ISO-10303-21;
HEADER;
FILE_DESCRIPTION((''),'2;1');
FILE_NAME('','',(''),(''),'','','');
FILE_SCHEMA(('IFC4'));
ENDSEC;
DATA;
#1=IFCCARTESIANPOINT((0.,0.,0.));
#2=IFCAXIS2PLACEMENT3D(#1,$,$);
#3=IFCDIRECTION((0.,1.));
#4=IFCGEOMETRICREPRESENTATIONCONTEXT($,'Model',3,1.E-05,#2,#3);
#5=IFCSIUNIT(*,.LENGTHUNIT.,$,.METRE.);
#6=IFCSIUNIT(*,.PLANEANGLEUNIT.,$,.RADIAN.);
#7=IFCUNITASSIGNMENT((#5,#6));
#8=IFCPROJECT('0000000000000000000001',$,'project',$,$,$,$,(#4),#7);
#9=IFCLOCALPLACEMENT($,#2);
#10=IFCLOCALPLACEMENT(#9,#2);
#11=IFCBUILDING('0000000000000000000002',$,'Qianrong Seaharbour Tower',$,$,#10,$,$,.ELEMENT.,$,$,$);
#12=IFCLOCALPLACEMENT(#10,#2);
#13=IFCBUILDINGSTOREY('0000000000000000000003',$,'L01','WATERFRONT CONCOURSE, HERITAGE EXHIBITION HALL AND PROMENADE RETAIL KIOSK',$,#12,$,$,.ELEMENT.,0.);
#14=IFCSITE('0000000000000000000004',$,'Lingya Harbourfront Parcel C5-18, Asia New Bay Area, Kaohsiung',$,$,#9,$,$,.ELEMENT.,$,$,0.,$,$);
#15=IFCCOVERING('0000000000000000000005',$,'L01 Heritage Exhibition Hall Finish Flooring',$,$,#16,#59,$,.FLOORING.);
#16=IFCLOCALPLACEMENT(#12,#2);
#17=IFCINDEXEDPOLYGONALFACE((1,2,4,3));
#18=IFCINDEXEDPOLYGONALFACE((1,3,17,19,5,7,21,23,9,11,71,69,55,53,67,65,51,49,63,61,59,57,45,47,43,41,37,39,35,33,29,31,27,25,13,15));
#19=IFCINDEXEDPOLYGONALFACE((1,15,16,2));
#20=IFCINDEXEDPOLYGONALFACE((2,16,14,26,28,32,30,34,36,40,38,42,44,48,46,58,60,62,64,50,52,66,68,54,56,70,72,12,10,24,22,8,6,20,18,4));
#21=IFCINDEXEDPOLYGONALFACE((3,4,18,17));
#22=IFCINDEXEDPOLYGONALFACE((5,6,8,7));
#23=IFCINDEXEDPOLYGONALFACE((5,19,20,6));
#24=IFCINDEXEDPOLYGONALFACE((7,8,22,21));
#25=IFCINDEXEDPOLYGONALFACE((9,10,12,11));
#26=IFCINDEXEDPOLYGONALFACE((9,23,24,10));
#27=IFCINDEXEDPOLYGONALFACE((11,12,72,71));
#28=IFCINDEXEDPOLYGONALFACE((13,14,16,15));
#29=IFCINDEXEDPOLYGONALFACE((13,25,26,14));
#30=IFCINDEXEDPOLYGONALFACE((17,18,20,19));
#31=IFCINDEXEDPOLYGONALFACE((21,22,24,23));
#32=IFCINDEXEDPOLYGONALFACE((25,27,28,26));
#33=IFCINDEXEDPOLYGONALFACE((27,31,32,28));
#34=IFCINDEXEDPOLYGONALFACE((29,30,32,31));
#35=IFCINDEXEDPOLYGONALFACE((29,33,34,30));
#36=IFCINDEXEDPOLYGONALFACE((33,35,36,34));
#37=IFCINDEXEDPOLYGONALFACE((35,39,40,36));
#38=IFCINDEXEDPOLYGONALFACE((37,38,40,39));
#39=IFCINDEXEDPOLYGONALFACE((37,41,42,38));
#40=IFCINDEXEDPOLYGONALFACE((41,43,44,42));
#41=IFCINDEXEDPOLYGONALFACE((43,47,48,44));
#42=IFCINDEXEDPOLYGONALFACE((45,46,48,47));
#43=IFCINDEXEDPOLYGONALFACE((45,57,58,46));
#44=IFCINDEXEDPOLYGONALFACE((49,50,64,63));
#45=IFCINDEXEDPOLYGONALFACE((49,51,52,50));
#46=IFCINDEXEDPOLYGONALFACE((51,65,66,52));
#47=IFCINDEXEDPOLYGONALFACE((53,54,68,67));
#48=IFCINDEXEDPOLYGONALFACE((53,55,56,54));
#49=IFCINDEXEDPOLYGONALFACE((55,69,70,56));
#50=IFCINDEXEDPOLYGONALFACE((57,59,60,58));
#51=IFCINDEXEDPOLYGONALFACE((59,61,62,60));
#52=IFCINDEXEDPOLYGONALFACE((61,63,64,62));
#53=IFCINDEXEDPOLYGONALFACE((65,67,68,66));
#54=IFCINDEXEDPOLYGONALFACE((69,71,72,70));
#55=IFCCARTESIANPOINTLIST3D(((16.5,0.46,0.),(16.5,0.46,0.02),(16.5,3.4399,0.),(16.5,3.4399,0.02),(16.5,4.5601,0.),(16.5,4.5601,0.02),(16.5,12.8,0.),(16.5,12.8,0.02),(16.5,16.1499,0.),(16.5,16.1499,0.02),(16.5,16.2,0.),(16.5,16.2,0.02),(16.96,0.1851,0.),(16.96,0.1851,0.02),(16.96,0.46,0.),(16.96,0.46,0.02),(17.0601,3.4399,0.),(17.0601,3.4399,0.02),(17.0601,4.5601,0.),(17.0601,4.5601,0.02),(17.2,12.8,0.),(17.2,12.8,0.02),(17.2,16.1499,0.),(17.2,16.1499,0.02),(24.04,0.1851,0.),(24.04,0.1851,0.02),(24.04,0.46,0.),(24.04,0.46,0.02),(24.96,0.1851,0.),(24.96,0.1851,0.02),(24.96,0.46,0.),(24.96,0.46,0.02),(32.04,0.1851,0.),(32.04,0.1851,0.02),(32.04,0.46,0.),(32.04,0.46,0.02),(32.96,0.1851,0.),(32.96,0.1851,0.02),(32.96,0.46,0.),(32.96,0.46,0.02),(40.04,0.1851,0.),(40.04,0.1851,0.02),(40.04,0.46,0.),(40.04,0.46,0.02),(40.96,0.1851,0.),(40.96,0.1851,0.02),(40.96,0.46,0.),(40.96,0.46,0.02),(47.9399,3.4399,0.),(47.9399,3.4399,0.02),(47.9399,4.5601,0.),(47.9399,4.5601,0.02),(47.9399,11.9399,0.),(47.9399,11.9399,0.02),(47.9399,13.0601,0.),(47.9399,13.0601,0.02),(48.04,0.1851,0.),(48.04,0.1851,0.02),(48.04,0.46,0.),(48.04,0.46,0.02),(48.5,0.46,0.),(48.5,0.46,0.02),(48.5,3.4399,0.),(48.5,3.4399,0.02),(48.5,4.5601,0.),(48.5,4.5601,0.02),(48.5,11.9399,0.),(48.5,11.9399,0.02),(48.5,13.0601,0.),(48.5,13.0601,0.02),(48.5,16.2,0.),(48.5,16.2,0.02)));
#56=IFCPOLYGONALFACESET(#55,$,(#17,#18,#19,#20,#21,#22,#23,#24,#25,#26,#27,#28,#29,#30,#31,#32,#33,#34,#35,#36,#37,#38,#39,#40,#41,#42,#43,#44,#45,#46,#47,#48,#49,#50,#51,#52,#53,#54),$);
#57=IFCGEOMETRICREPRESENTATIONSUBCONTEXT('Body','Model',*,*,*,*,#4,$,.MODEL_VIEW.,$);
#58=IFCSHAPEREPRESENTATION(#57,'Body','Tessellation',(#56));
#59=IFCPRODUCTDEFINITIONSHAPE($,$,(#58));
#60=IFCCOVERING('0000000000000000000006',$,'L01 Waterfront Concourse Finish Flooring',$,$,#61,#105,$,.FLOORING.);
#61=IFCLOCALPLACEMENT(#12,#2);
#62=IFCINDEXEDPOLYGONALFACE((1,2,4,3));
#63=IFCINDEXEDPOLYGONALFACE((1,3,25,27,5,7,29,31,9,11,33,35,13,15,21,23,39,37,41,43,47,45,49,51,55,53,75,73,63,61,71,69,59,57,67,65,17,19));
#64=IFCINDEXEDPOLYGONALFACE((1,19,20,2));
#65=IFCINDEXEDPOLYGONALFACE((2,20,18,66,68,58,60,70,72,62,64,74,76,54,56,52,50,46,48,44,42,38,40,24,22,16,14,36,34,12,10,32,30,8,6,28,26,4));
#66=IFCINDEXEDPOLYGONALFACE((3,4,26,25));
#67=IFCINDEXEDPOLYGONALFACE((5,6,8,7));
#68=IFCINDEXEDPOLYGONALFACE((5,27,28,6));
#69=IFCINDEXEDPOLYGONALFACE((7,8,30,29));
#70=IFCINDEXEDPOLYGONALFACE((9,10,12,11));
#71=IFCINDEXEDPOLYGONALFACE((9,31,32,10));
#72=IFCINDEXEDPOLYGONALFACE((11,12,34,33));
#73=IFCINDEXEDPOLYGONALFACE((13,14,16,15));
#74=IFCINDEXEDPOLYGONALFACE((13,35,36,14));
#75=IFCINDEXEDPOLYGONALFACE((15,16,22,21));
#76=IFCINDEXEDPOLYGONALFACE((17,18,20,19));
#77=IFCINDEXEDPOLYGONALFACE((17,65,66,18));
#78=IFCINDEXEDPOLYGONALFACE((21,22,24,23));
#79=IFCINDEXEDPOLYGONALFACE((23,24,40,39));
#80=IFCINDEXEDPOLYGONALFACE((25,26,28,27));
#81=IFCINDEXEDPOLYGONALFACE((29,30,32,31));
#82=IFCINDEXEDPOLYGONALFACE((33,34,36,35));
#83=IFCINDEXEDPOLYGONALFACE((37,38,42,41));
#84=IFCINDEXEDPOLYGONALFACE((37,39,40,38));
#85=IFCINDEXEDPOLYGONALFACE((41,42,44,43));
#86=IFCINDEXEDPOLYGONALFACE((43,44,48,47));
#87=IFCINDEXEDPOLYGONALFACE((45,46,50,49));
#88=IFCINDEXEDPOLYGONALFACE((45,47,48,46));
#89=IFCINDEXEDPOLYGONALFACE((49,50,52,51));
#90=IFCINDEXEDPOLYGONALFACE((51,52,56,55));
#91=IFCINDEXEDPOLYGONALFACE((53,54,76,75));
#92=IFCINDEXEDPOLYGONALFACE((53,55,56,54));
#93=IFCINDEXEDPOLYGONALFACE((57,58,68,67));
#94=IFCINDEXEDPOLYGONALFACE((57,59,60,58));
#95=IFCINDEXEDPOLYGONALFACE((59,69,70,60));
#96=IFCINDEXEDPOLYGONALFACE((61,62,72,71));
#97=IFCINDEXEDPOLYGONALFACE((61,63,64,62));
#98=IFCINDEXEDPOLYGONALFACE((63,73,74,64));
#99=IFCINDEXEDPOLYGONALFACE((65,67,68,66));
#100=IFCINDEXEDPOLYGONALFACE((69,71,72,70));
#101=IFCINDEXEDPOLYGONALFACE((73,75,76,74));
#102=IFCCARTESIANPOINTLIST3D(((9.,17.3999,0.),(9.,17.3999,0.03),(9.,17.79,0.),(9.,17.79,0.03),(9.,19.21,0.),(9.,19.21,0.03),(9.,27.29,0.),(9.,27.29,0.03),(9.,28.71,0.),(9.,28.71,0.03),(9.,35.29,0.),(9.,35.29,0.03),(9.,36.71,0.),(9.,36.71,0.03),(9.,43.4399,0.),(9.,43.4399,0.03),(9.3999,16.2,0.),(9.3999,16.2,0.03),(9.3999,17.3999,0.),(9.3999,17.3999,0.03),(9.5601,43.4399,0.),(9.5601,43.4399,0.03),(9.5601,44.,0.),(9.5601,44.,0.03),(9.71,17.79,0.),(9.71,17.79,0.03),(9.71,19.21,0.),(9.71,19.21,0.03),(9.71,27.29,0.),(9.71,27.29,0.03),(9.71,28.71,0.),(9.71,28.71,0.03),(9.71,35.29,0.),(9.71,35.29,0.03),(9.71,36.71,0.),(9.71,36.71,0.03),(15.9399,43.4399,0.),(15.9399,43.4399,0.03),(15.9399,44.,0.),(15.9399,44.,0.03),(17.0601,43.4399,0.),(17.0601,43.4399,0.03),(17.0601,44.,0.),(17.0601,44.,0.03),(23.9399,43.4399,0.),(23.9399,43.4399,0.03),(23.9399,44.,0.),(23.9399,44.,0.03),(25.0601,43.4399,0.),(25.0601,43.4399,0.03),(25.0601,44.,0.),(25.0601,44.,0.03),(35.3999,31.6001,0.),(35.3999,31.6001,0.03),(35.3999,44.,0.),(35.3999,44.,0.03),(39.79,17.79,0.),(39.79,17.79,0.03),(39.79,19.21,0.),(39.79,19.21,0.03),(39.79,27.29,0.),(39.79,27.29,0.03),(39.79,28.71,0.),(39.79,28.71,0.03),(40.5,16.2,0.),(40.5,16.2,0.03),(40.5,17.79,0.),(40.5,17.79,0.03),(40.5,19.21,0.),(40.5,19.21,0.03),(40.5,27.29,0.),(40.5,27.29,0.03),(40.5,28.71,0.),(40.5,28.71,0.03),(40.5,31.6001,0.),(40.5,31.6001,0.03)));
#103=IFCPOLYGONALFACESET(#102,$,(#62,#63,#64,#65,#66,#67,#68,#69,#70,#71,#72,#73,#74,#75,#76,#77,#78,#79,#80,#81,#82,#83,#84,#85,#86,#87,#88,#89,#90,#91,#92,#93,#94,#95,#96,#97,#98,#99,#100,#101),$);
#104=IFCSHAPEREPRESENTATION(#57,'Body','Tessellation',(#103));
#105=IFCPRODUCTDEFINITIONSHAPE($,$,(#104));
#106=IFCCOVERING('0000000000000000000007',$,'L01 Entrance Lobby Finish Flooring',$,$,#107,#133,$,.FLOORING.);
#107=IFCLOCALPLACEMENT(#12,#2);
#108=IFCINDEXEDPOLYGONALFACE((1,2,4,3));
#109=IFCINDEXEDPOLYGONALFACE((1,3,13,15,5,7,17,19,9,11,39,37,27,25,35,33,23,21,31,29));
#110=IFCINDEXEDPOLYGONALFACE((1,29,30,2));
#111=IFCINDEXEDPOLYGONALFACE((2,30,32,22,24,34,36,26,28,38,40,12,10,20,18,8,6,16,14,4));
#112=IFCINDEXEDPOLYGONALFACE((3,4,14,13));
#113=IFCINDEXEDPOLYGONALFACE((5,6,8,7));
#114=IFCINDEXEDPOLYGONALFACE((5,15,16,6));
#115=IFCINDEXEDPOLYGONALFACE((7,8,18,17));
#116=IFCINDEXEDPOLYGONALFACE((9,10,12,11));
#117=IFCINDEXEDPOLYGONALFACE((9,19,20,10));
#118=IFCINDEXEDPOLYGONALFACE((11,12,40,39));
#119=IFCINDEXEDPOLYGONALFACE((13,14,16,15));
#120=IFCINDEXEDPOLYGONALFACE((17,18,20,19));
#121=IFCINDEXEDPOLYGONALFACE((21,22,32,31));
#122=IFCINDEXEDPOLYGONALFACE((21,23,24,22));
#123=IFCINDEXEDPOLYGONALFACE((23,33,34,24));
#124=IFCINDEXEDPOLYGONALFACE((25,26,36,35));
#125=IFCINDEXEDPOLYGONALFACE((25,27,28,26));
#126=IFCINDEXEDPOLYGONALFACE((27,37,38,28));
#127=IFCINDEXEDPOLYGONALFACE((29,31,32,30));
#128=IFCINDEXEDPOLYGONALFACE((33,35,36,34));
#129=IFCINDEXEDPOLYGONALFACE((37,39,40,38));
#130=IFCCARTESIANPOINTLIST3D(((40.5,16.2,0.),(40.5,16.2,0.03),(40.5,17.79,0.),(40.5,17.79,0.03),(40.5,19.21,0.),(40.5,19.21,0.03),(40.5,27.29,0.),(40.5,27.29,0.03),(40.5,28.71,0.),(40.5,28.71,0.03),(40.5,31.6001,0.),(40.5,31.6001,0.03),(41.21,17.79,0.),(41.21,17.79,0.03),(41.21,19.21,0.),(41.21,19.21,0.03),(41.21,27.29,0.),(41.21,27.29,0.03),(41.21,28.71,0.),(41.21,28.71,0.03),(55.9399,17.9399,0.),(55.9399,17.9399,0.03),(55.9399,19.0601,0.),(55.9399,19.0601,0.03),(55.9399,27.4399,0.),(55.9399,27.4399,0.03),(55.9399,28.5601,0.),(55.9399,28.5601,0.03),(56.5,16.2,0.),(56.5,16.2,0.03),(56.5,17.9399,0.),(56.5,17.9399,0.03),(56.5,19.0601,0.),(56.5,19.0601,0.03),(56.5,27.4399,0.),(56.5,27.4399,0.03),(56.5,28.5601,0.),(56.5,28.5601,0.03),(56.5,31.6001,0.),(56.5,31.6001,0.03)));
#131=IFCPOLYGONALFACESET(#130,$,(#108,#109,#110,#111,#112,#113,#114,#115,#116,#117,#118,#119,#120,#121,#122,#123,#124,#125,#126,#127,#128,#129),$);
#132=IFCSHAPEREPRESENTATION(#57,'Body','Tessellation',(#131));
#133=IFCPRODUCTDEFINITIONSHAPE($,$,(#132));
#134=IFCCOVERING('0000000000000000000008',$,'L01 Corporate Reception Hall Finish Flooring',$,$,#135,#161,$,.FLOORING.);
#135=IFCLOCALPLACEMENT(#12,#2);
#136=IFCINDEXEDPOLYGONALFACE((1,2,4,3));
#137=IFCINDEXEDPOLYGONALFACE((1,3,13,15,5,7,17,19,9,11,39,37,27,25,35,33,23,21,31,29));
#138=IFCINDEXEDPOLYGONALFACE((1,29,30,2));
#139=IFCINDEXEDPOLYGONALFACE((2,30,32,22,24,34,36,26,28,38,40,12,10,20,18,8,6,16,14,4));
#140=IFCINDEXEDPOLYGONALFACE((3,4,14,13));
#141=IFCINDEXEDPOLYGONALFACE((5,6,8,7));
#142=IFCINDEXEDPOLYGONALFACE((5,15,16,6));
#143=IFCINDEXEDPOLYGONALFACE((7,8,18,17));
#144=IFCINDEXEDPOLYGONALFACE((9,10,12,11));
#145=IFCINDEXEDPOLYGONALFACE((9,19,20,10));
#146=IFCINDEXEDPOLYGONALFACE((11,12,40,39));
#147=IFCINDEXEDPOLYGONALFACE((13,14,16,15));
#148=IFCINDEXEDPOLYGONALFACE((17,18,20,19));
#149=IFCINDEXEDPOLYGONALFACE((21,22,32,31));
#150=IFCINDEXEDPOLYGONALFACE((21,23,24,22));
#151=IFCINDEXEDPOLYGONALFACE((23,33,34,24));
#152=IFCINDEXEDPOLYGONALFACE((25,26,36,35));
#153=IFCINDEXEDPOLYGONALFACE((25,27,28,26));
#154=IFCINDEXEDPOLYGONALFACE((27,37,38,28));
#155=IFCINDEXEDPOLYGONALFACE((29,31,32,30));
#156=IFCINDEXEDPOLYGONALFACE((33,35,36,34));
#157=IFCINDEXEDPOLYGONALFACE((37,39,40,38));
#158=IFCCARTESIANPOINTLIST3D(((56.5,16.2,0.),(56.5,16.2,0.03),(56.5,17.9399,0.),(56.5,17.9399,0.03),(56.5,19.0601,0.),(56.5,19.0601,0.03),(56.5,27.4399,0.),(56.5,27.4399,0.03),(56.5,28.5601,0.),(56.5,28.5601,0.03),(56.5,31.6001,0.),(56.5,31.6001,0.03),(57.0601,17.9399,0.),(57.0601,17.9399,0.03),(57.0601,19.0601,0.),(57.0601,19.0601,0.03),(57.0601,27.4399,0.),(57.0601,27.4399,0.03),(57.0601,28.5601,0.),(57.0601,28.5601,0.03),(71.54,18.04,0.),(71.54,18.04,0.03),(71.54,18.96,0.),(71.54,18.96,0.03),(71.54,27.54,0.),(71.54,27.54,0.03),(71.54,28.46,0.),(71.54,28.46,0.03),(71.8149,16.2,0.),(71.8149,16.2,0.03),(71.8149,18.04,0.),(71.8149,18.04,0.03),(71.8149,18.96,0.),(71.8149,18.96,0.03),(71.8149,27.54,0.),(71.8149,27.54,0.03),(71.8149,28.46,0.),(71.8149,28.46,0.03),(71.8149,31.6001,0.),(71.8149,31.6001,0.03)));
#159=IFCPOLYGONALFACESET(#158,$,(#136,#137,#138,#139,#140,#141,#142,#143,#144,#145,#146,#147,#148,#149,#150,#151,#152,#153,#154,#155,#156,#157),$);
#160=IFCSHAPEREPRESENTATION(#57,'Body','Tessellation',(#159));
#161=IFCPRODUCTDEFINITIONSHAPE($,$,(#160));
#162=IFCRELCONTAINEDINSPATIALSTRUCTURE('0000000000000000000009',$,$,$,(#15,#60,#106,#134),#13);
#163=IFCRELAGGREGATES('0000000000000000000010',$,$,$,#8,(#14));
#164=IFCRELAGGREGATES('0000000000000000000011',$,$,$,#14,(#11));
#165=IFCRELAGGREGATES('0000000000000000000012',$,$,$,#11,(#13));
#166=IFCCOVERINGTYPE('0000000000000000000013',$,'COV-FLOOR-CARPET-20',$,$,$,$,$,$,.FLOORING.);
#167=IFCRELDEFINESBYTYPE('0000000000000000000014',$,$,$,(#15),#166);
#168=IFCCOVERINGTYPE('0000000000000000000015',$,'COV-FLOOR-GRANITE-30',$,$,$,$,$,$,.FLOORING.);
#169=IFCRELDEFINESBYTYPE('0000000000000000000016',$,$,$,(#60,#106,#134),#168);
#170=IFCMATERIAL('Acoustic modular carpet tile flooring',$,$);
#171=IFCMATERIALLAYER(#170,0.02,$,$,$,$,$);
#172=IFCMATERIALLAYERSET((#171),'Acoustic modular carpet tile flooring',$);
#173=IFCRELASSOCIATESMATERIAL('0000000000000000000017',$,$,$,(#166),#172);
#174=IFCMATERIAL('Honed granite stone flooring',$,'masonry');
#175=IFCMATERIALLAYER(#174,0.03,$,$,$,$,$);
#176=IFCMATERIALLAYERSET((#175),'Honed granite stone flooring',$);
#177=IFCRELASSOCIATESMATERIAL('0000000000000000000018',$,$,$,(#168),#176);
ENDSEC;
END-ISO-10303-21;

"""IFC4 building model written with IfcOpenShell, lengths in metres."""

from ifc_helpers import new_model, si_unit, direction, origin, place, context, subcontext, project, spatial, polyline, outline, extrude, material, layer, layer_set, type_object, element, save


model = new_model("IFC4")

# Units and contexts
model_context = context("Model", 3, precision=1e-05, world=origin(), true_north=direction((0.0, 1.0)))
body_context = subcontext(model_context, "Body", "Model", "MODEL_VIEW")
ifc_project = project(units=[si_unit("LENGTHUNIT", "METRE"), si_unit("PLANEANGLEUNIT", "RADIAN")], contexts=[model_context])

# Site, building, storey
site_placement = place(None, origin())
site = spatial("IfcSite", under=ifc_project, at=site_placement, Name="Lingya Harbourfront Parcel C5-18, Asia New Bay Area, Kaohsiung", CompositionType="ELEMENT", RefElevation=0.0)
building_placement = place(site_placement, origin())
building = spatial("IfcBuilding", under=site, at=building_placement, Name="Qianrong Seaharbour Tower", CompositionType="ELEMENT")
storey_placement = place(building_placement, origin())
storey = spatial("IfcBuildingStorey", under=building, at=storey_placement, Name="L01", Description="WATERFRONT CONCOURSE, HERITAGE EXHIBITION HALL AND PROMENADE RETAIL KIOSK", CompositionType="ELEMENT", Elevation=0.0)

# Coverings
ifc_material_1 = material(Name="Acoustic modular carpet tile flooring")
ifc_layer_1 = layer(ifc_material_1, 0.02)
ifc_layer_set_1 = layer_set([ifc_layer_1], Name="Acoustic modular carpet tile flooring")
covering_type_1 = type_object("IfcCoveringType", Name="COV-FLOOR-CARPET-20", PredefinedType="FLOORING", material=ifc_layer_set_1)
covering_1_placement = place(storey_placement, origin())
element("IfcCovering", 1, at=covering_1_placement, inside=storey, type_object=covering_type_1, Name="L01 Heritage Exhibition Hall Finish Flooring", PredefinedType="FLOORING", context=body_context, shape_type="SweptSolid", body=[
    extrude(outline(polyline([(48.5, 13.0601), (47.9399, 13.0601), (47.9399, 11.9399), (48.5, 11.9399), (48.5, 4.5601), (47.9399, 4.5601), (47.9399, 3.4399), (48.5, 3.4399), (48.5, 0.46), (48.04, 0.46), (48.04, 0.1851), (40.96, 0.1851), (40.96, 0.46), (40.04, 0.46), (40.04, 0.1851), (32.96, 0.1851), (32.96, 0.46), (32.04, 0.46), (32.04, 0.1851), (24.96, 0.1851), (24.96, 0.46), (24.04, 0.46), (24.04, 0.1851), (16.96, 0.1851), (16.96, 0.46), (16.5, 0.46), (16.5, 3.4399), (17.0601, 3.4399), (17.0601, 4.5601), (16.5, 4.5601), (16.5, 12.8), (17.2, 12.8), (17.2, 16.1499), (16.5, 16.1499), (16.5, 16.2), (48.5, 16.2), (48.5, 13.0601)])), origin(), (0.0, 0.0, 1.0), 0.02),
])
ifc_material_2 = material(Name="Honed granite stone flooring", Category="masonry")
ifc_layer_2 = layer(ifc_material_2, 0.03)
ifc_layer_set_2 = layer_set([ifc_layer_2], Name="Honed granite stone flooring")
covering_type_2 = type_object("IfcCoveringType", Name="COV-FLOOR-GRANITE-30", PredefinedType="FLOORING", material=ifc_layer_set_2)
covering_2_placement = place(storey_placement, origin())
element("IfcCovering", 2, at=covering_2_placement, inside=storey, type_object=covering_type_2, Name="L01 Waterfront Concourse Finish Flooring", PredefinedType="FLOORING", context=body_context, shape_type="SweptSolid", body=[
    extrude(outline(polyline([(15.9399, 44.0), (15.9399, 43.4399), (17.0601, 43.4399), (17.0601, 44.0), (23.9399, 44.0), (23.9399, 43.4399), (25.0601, 43.4399), (25.0601, 44.0), (35.3999, 44.0), (35.3999, 31.6001), (40.5, 31.6001), (40.5, 28.71), (39.79, 28.71), (39.79, 27.29), (40.5, 27.29), (40.5, 19.21), (39.79, 19.21), (39.79, 17.79), (40.5, 17.79), (40.5, 16.2), (9.3999, 16.2), (9.3999, 17.3999), (9.0, 17.3999), (9.0, 17.79), (9.71, 17.79), (9.71, 19.21), (9.0, 19.21), (9.0, 27.29), (9.71, 27.29), (9.71, 28.71), (9.0, 28.71), (9.0, 35.29), (9.71, 35.29), (9.71, 36.71), (9.0, 36.71), (9.0, 43.4399), (9.5601, 43.4399), (9.5601, 44.0), (15.9399, 44.0)])), origin(), (0.0, 0.0, 1.0), 0.03),
])
covering_3_placement = place(storey_placement, origin())
element("IfcCovering", 3, at=covering_3_placement, inside=storey, type_object=covering_type_2, Name="L01 Entrance Lobby Finish Flooring", PredefinedType="FLOORING", context=body_context, shape_type="SweptSolid", body=[
    extrude(outline(polyline([(56.5, 31.6001), (56.5, 28.5601), (55.9399, 28.5601), (55.9399, 27.4399), (56.5, 27.4399), (56.5, 19.0601), (55.9399, 19.0601), (55.9399, 17.9399), (56.5, 17.9399), (56.5, 16.2), (40.5, 16.2), (40.5, 17.79), (41.21, 17.79), (41.21, 19.21), (40.5, 19.21), (40.5, 27.29), (41.21, 27.29), (41.21, 28.71), (40.5, 28.71), (40.5, 31.6001), (56.5, 31.6001)])), origin(), (0.0, 0.0, 1.0), 0.03),
])
covering_4_placement = place(storey_placement, origin())
element("IfcCovering", 4, at=covering_4_placement, inside=storey, type_object=covering_type_2, Name="L01 Corporate Reception Hall Finish Flooring", PredefinedType="FLOORING", context=body_context, shape_type="SweptSolid", body=[
    extrude(outline(polyline([(71.8149, 31.6001), (71.8149, 28.46), (71.54, 28.46), (71.54, 27.54), (71.8149, 27.54), (71.8149, 18.96), (71.54, 18.96), (71.54, 18.04), (71.8149, 18.04), (71.8149, 16.2), (56.5, 16.2), (56.5, 17.9399), (57.0601, 17.9399), (57.0601, 19.0601), (56.5, 19.0601), (56.5, 27.4399), (57.0601, 27.4399), (57.0601, 28.5601), (56.5, 28.5601), (56.5, 31.6001), (71.8149, 31.6001)])), origin(), (0.0, 0.0, 1.0), 0.03),
])

save(model, "model.ifc")
